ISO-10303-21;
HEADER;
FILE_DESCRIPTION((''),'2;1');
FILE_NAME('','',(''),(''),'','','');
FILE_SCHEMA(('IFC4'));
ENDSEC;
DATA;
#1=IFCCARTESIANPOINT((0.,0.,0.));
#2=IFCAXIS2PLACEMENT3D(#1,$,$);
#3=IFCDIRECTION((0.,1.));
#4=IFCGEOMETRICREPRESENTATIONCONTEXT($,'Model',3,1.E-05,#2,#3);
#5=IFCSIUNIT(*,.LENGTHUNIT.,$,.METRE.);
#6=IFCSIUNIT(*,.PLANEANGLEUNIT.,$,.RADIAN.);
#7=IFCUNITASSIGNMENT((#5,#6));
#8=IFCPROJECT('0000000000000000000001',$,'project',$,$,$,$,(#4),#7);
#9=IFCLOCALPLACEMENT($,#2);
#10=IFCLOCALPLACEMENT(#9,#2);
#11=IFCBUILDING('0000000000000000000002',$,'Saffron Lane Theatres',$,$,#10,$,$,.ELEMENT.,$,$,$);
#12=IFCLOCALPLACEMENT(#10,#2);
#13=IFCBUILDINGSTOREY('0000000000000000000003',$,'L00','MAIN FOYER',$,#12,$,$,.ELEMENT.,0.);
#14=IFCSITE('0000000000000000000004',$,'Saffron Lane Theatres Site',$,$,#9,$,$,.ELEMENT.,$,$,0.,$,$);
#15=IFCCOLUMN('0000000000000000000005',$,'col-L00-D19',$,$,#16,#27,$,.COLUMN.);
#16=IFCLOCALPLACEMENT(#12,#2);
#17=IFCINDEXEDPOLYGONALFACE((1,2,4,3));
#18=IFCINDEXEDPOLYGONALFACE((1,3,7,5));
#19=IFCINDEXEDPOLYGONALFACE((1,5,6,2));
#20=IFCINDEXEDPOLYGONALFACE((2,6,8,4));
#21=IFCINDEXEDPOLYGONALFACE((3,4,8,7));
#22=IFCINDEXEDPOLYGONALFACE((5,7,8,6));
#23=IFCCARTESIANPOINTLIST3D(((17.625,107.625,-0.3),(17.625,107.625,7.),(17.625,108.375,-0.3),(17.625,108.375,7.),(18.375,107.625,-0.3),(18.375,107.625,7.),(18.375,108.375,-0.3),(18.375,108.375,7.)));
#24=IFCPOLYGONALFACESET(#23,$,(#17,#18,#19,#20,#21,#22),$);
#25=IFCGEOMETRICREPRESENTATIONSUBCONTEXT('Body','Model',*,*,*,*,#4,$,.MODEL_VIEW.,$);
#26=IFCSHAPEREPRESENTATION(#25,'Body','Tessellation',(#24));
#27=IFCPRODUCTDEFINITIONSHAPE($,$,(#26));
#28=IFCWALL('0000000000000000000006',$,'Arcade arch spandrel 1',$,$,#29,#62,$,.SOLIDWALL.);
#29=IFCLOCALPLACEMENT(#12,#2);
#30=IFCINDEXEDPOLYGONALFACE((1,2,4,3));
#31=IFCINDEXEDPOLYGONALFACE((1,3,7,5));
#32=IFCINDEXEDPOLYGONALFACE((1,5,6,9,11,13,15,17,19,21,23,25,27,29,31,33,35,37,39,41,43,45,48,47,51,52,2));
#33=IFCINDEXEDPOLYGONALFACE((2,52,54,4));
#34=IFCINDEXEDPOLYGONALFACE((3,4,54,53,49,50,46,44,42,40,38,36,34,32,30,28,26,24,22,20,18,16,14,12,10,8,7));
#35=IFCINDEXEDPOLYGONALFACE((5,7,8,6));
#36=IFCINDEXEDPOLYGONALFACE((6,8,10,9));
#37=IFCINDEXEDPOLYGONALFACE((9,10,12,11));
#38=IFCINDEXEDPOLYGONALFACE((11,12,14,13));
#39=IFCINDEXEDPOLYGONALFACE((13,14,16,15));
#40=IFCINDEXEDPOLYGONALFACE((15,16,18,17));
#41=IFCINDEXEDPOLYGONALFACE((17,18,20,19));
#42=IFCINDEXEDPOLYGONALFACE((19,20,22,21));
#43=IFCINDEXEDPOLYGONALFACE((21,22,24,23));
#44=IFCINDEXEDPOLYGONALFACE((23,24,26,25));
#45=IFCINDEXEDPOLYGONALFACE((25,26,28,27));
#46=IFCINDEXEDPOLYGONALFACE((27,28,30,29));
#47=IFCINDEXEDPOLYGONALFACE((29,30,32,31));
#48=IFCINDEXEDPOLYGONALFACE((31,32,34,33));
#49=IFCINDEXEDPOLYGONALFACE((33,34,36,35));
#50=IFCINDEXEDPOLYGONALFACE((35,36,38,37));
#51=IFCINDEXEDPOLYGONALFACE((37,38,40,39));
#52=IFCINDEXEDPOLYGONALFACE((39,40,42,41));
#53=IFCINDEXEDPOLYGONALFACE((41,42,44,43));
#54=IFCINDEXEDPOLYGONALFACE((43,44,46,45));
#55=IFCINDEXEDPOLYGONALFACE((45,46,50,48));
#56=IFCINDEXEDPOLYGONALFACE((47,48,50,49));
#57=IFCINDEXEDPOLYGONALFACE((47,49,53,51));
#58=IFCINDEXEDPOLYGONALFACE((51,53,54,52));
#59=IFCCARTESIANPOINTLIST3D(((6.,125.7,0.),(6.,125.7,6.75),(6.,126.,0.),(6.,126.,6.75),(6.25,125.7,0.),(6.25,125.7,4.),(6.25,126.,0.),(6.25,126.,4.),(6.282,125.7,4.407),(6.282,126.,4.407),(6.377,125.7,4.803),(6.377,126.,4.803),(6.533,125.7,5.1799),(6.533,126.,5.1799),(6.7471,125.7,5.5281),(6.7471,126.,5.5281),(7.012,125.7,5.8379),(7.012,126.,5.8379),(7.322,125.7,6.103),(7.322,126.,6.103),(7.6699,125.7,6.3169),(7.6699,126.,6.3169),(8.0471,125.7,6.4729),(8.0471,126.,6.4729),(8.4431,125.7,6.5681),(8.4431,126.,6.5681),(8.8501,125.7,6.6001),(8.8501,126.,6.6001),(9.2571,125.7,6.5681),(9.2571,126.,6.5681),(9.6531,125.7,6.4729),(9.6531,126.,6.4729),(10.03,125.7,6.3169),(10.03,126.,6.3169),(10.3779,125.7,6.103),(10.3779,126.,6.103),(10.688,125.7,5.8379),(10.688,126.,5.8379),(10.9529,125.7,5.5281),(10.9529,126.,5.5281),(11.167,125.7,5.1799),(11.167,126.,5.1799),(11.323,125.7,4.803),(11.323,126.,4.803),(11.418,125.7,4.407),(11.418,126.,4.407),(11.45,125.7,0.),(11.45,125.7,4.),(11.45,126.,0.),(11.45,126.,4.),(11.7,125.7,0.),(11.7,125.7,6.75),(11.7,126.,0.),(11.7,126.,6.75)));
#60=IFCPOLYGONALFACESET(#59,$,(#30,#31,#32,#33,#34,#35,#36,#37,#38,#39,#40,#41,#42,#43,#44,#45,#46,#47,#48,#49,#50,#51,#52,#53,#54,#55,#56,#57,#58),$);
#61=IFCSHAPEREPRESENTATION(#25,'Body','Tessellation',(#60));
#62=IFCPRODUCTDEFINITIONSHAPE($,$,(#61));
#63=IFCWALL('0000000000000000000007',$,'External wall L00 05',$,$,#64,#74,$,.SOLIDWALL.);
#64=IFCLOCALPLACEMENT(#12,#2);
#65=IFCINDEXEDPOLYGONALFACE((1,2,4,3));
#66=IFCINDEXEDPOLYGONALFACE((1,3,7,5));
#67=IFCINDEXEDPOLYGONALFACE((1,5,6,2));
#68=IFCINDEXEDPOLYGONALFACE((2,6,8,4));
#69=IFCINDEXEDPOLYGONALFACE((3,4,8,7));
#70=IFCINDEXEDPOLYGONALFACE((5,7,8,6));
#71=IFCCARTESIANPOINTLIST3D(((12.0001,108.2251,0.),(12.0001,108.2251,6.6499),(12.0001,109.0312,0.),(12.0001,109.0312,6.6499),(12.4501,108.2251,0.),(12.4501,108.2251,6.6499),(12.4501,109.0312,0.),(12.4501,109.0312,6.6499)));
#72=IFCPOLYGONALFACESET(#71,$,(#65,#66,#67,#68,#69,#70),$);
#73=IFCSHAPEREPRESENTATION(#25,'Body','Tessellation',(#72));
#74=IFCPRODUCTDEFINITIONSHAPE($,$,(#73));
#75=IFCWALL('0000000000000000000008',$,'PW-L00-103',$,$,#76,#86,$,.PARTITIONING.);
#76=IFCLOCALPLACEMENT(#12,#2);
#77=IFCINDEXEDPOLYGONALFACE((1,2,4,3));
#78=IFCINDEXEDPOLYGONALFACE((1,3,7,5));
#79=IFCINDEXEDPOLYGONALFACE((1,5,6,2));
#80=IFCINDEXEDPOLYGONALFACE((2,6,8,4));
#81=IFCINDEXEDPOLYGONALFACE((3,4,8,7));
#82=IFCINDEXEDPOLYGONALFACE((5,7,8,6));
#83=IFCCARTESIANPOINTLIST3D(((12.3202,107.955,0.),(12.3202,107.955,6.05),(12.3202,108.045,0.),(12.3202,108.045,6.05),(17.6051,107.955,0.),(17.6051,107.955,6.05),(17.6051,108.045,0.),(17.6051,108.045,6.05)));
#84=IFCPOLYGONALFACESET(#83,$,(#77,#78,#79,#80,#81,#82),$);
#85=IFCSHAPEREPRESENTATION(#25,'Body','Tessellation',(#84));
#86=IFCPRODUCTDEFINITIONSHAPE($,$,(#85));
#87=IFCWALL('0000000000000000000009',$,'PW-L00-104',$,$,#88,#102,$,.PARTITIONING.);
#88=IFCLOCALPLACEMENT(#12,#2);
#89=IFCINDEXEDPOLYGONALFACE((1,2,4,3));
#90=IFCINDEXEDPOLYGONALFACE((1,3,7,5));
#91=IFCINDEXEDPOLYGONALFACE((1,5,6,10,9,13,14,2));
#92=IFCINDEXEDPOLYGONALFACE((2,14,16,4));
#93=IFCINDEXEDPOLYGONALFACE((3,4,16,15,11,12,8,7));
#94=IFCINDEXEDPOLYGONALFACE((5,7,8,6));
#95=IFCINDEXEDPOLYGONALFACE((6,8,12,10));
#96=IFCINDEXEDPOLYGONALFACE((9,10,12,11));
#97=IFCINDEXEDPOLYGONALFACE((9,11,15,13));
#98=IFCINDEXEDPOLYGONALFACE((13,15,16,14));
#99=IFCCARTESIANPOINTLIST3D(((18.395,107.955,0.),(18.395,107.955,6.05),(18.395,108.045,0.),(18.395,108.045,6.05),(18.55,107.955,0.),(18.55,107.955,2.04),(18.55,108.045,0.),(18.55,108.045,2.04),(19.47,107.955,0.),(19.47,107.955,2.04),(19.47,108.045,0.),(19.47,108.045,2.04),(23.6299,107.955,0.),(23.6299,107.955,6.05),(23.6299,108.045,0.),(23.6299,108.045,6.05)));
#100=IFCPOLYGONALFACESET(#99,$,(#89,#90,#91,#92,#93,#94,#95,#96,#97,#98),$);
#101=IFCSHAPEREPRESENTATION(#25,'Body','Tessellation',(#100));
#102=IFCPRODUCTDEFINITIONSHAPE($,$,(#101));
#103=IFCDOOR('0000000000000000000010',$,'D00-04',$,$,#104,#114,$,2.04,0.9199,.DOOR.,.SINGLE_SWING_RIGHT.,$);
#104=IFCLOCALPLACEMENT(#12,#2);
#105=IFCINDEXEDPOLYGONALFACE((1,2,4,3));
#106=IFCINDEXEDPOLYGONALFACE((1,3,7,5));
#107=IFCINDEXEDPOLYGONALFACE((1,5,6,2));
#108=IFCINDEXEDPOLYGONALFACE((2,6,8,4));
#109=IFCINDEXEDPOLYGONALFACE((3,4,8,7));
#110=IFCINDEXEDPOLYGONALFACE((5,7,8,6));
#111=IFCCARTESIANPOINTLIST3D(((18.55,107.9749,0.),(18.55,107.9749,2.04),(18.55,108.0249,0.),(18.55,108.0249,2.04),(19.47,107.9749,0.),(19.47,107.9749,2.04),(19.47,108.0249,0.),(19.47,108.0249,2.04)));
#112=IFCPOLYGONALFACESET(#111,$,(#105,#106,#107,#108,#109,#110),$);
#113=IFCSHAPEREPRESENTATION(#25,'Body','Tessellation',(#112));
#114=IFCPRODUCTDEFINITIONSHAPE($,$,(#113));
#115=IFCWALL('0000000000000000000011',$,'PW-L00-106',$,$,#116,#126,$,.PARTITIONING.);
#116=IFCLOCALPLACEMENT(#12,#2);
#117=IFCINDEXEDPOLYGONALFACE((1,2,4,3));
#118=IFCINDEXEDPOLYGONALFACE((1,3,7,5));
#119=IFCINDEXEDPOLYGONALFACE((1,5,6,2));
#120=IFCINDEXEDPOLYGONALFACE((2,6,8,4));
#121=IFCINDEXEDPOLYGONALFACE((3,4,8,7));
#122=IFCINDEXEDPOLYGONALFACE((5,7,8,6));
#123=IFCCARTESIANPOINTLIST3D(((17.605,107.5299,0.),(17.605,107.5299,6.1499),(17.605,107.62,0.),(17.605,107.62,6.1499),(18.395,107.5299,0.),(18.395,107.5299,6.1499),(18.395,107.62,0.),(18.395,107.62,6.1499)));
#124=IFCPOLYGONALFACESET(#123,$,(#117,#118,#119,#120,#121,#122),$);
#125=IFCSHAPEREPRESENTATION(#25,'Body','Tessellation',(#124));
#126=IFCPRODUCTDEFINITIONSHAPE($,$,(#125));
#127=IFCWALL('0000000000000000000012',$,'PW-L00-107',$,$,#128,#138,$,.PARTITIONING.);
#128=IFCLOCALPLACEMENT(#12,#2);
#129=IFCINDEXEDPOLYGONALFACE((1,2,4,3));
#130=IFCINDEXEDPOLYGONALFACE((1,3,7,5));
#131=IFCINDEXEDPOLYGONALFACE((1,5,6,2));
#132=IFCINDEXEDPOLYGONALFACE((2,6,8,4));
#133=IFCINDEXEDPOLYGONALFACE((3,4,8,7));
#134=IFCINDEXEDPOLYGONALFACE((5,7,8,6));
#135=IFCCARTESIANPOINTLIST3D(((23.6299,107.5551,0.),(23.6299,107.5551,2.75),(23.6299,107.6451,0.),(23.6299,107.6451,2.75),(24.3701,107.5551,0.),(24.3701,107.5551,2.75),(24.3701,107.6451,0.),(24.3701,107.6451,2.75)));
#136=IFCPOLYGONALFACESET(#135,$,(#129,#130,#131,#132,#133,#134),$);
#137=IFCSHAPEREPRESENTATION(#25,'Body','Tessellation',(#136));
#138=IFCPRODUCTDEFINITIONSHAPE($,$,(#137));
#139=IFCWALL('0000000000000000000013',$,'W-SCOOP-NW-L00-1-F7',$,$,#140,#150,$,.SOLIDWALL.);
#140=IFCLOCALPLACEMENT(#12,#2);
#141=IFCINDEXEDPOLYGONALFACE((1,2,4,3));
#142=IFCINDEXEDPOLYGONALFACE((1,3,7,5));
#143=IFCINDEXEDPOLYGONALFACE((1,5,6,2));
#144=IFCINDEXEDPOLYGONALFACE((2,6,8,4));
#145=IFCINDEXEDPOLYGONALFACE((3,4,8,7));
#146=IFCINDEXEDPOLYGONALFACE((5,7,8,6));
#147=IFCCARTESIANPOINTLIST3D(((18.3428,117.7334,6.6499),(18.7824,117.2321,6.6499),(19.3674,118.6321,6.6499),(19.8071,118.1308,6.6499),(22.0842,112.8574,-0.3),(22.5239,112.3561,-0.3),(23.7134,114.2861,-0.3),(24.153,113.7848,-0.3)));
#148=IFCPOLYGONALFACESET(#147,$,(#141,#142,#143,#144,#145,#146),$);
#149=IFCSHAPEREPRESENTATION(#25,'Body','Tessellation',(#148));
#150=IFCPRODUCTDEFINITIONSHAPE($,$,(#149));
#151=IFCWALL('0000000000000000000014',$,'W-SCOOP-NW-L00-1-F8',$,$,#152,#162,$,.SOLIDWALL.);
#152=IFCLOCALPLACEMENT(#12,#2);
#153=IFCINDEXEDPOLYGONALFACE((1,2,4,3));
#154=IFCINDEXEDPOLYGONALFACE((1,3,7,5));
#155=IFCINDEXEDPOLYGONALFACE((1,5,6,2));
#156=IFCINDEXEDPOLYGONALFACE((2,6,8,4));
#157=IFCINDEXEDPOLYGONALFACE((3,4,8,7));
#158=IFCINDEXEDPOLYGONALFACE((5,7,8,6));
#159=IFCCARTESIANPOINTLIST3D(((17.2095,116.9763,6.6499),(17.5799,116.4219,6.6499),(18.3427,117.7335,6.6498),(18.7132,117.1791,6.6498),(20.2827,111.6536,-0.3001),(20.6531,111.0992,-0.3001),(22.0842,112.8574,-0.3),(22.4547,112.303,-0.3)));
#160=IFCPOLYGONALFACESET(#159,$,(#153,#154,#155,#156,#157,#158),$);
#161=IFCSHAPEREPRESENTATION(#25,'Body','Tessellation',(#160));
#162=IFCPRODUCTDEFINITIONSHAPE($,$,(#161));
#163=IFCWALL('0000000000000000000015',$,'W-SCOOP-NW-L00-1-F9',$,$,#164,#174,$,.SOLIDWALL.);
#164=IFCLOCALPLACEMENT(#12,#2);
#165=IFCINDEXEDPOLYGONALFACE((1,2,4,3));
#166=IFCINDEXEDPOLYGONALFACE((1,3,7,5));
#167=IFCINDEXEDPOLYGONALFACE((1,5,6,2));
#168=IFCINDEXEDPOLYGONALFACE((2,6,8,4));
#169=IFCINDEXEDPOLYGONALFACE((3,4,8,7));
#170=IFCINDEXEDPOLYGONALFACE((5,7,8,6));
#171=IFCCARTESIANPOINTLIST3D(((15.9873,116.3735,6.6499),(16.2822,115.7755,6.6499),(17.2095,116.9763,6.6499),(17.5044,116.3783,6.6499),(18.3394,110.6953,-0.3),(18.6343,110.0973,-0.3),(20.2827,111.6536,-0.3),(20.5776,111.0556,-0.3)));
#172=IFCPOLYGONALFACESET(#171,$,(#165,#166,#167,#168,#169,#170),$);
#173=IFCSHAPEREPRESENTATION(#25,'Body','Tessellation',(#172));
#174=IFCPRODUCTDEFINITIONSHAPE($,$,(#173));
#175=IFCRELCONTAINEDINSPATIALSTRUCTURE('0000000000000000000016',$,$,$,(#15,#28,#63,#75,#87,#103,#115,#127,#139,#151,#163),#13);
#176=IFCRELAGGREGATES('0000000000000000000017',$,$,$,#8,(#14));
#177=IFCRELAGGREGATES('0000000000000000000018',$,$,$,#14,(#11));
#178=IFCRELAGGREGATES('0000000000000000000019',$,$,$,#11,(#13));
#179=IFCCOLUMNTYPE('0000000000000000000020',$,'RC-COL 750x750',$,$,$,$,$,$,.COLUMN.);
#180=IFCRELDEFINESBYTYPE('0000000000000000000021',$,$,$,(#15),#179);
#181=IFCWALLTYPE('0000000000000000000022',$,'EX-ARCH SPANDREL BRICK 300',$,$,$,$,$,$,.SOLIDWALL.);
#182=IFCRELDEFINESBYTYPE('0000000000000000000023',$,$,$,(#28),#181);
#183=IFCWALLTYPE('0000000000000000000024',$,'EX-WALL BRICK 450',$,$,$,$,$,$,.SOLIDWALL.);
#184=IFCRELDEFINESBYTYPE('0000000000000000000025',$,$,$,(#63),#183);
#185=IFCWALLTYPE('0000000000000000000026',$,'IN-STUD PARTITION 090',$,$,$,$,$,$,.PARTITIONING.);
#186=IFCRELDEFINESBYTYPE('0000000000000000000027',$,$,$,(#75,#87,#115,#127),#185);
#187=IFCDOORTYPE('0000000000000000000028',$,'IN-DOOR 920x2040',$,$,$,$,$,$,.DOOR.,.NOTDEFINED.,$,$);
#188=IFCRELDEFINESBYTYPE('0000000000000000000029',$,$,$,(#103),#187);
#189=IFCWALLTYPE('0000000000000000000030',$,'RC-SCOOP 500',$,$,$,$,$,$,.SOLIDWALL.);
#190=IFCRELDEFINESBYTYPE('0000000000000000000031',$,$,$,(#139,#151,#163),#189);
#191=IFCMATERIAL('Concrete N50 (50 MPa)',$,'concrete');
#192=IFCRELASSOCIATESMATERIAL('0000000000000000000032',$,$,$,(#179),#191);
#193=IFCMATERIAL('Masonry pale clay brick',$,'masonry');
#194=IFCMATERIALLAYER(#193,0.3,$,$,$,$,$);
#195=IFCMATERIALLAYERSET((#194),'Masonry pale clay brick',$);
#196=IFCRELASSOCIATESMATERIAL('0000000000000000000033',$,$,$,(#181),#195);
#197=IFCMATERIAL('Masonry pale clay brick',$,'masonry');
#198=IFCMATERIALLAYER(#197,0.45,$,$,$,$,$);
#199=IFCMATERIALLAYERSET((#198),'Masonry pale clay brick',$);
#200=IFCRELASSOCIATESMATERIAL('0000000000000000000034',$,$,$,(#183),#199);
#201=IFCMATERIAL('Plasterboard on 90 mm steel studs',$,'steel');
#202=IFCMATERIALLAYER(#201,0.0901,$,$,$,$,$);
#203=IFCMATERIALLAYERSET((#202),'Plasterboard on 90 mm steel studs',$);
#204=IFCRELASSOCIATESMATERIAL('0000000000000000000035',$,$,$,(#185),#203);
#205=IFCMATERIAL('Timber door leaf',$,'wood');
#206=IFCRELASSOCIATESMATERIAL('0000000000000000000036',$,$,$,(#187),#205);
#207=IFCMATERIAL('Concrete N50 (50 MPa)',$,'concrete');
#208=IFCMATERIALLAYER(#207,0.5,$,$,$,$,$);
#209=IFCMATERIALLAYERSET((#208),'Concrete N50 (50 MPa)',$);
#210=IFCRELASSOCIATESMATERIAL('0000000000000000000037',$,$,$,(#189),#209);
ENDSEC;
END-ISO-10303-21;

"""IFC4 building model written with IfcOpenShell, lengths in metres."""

from ifc_helpers import new_model, si_unit, direction, frame, frame_2d, origin, origin_2d, place, context, subcontext, project, spatial, polyline, rectangle, outline, extrude, material, layer, layer_set, material_profile, profile_set, type_object, element, fill, save


model = new_model("IFC4")

# Units and contexts
model_context = context("Model", 3, precision=1e-05, world=origin(), true_north=direction((0.0, 1.0)))
body_context = subcontext(model_context, "Body", "Model", "MODEL_VIEW")
ifc_project = project(units=[si_unit("LENGTHUNIT", "METRE"), si_unit("PLANEANGLEUNIT", "RADIAN")], contexts=[model_context])

# Site, building, storey
site_placement = place(None, origin())
site = spatial("IfcSite", under=ifc_project, at=site_placement, Name="Saffron Lane Theatres Site", CompositionType="ELEMENT", RefElevation=0.0)
building_placement = place(site_placement, origin())
building = spatial("IfcBuilding", under=site, at=building_placement, Name="Saffron Lane Theatres", CompositionType="ELEMENT")
storey_placement = place(building_placement, origin())
storey = spatial("IfcBuildingStorey", under=building, at=storey_placement, Name="L00", Description="MAIN FOYER", CompositionType="ELEMENT", Elevation=0.0)

# Column
ifc_material_1 = material(Name="Concrete N50 (50 MPa)", Category="concrete")
ifc_material_profile_1 = material_profile(ifc_material_1, rectangle(XDim=0.75, YDim=0.75, at=origin_2d()))
ifc_profile_set_1 = profile_set([ifc_material_profile_1], Name="Concrete N50 (50 MPa)")
column_type_1 = type_object("IfcColumnType", Name="RC-COL 750x750", PredefinedType="COLUMN", material=ifc_profile_set_1)
column_1_placement = place(storey_placement, frame((18.0, 108.0, -0.3), z_axis=(0.0, 0.0, 1.0), x_axis=(1.0, 0.0, 0.0)))
element("IfcColumn", 1, at=column_1_placement, inside=storey, type_object=column_type_1, Name="col-L00-D19", PredefinedType="COLUMN", context=body_context, shape_type="SweptSolid", body=[
    extrude(rectangle(XDim=0.75, YDim=0.75, at=origin_2d()), origin(), (0.0, 0.0, 1.0), 7.3),
])

# Walls
ifc_material_2 = material(Name="Masonry pale clay brick", Category="masonry")
ifc_layer_1 = layer(ifc_material_2, 0.3)
ifc_layer_set_1 = layer_set([ifc_layer_1], Name="Masonry pale clay brick")
wall_type_1 = type_object("IfcWallType", Name="EX-ARCH SPANDREL BRICK 300", PredefinedType="SOLIDWALL", material=ifc_layer_set_1)
wall_1_placement = place(storey_placement, frame((6.0, 126.0, 0.0), z_axis=(0.0, 1.0, 0.0), x_axis=(0.0, 0.0, 1.0)))
element("IfcWall", 2, at=wall_1_placement, inside=storey, type_object=wall_type_1, Name="Arcade arch spandrel 1", PredefinedType="SOLIDWALL", context=body_context, shape_type="SweptSolid", body=[
    extrude(outline(polyline([(0.0, 0.0), (6.75, 0.0), (6.75, 5.7), (0.0, 5.7), (0.0, 5.45), (4.0, 5.45), (4.407, 5.418), (4.803, 5.323), (5.1799, 5.167), (5.5281, 4.9529), (5.8379, 4.688), (6.103, 4.3779), (6.3169, 4.03), (6.4729, 3.6531), (6.5681, 3.2571), (6.6001, 2.8501), (6.5681, 2.4431), (6.4729, 2.0471), (6.3169, 1.6699), (6.103, 1.322), (5.8379, 1.012), (5.5281, 0.7471), (5.1799, 0.533), (4.803, 0.377), (4.407, 0.282), (4.0, 0.25), (0.0, 0.25), (0.0, 0.0)])), origin(), (0.0, 0.0, -1.0), 0.3),
])
ifc_material_3 = material(Name="Masonry pale clay brick", Category="masonry")
ifc_layer_2 = layer(ifc_material_3, 0.45)
ifc_layer_set_2 = layer_set([ifc_layer_2], Name="Masonry pale clay brick")
wall_type_2 = type_object("IfcWallType", Name="EX-WALL BRICK 450", PredefinedType="SOLIDWALL", material=ifc_layer_set_2)
wall_2_placement = place(storey_placement, frame((12.2251, 108.2251, 0.0), z_axis=(0.0, 0.0, 1.0), x_axis=(0.0, 1.0, 0.0)))
element("IfcWall", 3, at=wall_2_placement, inside=storey, type_object=wall_type_2, Name="External wall L00 05", PredefinedType="SOLIDWALL", context=body_context, shape_type="SweptSolid", body=[
    extrude(rectangle(XDim=0.8062, YDim=0.45, at=frame_2d((0.4031, 0.0))), origin(), (0.0, 0.0, 1.0), 6.6499),
])
ifc_material_4 = material(Name="Plasterboard on 90 mm steel studs", Category="steel")
ifc_layer_3 = layer(ifc_material_4, 0.0901)
ifc_layer_set_3 = layer_set([ifc_layer_3], Name="Plasterboard on 90 mm steel studs")
wall_type_3 = type_object("IfcWallType", Name="IN-STUD PARTITION 090", PredefinedType="PARTITIONING", material=ifc_layer_set_3)
wall_3_placement = place(storey_placement, frame((12.3201, 108.0, 0.0), z_axis=(0.0, 0.0, 1.0), x_axis=(1.0, 0.0, 0.0)))
element("IfcWall", 4, at=wall_3_placement, inside=storey, type_object=wall_type_3, Name="PW-L00-103", PredefinedType="PARTITIONING", context=body_context, shape_type="SweptSolid", body=[
    extrude(rectangle(XDim=5.2849, YDim=0.0901, at=frame_2d((2.6426, 0.0))), origin(), (0.0, 0.0, 1.0), 6.05),
])

# Wall, opening, door
wall_4_placement = place(storey_placement, frame((18.395, 108.0, 0.0), z_axis=(0.0, 0.0, 1.0), x_axis=(1.0, 0.0, 0.0)))
wall_4 = element("IfcWall", 5, at=wall_4_placement, inside=storey, type_object=wall_type_3, Name="PW-L00-104", PredefinedType="PARTITIONING", context=body_context, shape_type="SweptSolid", body=[
    extrude(rectangle(XDim=5.2349, YDim=0.0901, at=frame_2d((2.6174, 0.0))), origin(), (0.0, 0.0, 1.0), 6.05),
])
opening_placement = place(wall_4_placement, frame((0.155, 0.0, 0.0)))
opening = element("IfcOpeningElement", 6, at=opening_placement, cuts=wall_4, PredefinedType="OPENING", context=body_context, shape_type="SweptSolid", body=[
    extrude(rectangle(XDim=0.9199, YDim=2.04, at=frame_2d((0.46, 1.02))), frame((0.0, 0.0552, 0.0), z_axis=(0.0, -1.0, 0.0), x_axis=(1.0, 0.0, 0.0)), (0.0, 0.0, 1.0), 0.1101),
])
ifc_material_5 = material(Name="Timber door leaf", Category="wood")
door_type = type_object("IfcDoorType", Name="IN-DOOR 920x2040", OperationType="NOTDEFINED", PredefinedType="DOOR", material=ifc_material_5)
door_placement = place(opening_placement, origin())
door = element("IfcDoor", 7, at=door_placement, inside=storey, type_object=door_type, Name="D00-04", OperationType="SINGLE_SWING_RIGHT", OverallHeight=2.04, OverallWidth=0.9199, PredefinedType="DOOR", context=body_context, shape_type="SweptSolid", body=[
    extrude(rectangle(XDim=0.9199, YDim=2.04, at=frame_2d((0.46, 1.02))), frame((0.0, 0.0249, 0.0), z_axis=(0.0, -1.0, 0.0), x_axis=(1.0, 0.0, 0.0)), (0.0, 0.0, 1.0), 0.05),
])
fill(opening, door)

# Walls
wall_5_placement = place(storey_placement, frame((17.605, 107.575, 0.0), z_axis=(0.0, 0.0, 1.0), x_axis=(1.0, 0.0, 0.0)))
element("IfcWall", 8, at=wall_5_placement, inside=storey, type_object=wall_type_3, Name="PW-L00-106", PredefinedType="PARTITIONING", context=body_context, shape_type="SweptSolid", body=[
    extrude(rectangle(XDim=0.79, YDim=0.0901, at=frame_2d((0.395, 0.0))), origin(), (0.0, 0.0, 1.0), 6.1499),
])
wall_6_placement = place(storey_placement, frame((23.6299, 107.6001, 0.0), z_axis=(0.0, 0.0, 1.0), x_axis=(1.0, 0.0, 0.0)))
element("IfcWall", 9, at=wall_6_placement, inside=storey, type_object=wall_type_3, Name="PW-L00-107", PredefinedType="PARTITIONING", context=body_context, shape_type="SweptSolid", body=[
    extrude(rectangle(XDim=0.7402, YDim=0.0901, at=frame_2d((0.3701, 0.0))), origin(), (0.0, 0.0, 1.0), 2.75),
])
ifc_material_6 = material(Name="Concrete N50 (50 MPa)", Category="concrete")
ifc_layer_4 = layer(ifc_material_6, 0.5)
ifc_layer_set_4 = layer_set([ifc_layer_4], Name="Concrete N50 (50 MPa)")
wall_type_4 = type_object("IfcWallType", Name="RC-SCOOP 500", PredefinedType="SOLIDWALL", material=ifc_layer_set_4)
wall_7_placement = place(storey_placement, frame((23.7134, 114.2861, -0.3), z_axis=(0.494389, -0.563727, 0.661658), x_axis=(-0.751836, -0.65935, 0.00001)))
element("IfcWall", 10, at=wall_7_placement, inside=storey, type_object=wall_type_4, Name="W-SCOOP-NW-L00-1-F7", PredefinedType="SOLIDWALL", context=body_context, shape_type="SweptSolid", body=[
    extrude(outline(polyline([(0.0, 0.0), (2.1669, 0.0), (1.7649, -9.269), (0.402, -9.269), (0.0, 0.0)])), origin(), (0.000005, 0.661658, 0.749806), 0.6667),
])
wall_8_placement = place(storey_placement, frame((22.0842, 112.8574, -0.3), z_axis=(0.416561, -0.623441, 0.661663), x_axis=(-0.831461, -0.555583, -0.000029)))
element("IfcWall", 11, at=wall_8_placement, inside=storey, type_object=wall_type_4, Name="W-SCOOP-NW-L00-1-F8", PredefinedType="SOLIDWALL", context=body_context, shape_type="SweptSolid", body=[
    extrude(outline(polyline([(0.0, 0.0), (2.1667, 0.0), (1.7646, -9.2691), (0.4017, -9.269), (0.0, 0.0)])), origin(), (0.000016, 0.661663, 0.749802), 0.6667),
])
wall_9_placement = place(storey_placement, frame((20.2827, 111.6536, -0.3), z_axis=(0.331623, -0.672478, 0.661664), x_axis=(-0.896883, -0.442267, 0.000018)))
element("IfcWall", 12, at=wall_9_placement, inside=storey, type_object=wall_type_4, Name="W-SCOOP-NW-L00-1-F9", PredefinedType="SOLIDWALL", context=body_context, shape_type="SweptSolid", body=[
    extrude(outline(polyline([(0.0, 0.0), (2.1668, 0.0), (1.7651, -9.269), (0.4024, -9.2691), (0.0, 0.0)])), origin(), (-0.000024, 0.661664, 0.7498), 0.6667),
])

save(model, "model.ifc")
